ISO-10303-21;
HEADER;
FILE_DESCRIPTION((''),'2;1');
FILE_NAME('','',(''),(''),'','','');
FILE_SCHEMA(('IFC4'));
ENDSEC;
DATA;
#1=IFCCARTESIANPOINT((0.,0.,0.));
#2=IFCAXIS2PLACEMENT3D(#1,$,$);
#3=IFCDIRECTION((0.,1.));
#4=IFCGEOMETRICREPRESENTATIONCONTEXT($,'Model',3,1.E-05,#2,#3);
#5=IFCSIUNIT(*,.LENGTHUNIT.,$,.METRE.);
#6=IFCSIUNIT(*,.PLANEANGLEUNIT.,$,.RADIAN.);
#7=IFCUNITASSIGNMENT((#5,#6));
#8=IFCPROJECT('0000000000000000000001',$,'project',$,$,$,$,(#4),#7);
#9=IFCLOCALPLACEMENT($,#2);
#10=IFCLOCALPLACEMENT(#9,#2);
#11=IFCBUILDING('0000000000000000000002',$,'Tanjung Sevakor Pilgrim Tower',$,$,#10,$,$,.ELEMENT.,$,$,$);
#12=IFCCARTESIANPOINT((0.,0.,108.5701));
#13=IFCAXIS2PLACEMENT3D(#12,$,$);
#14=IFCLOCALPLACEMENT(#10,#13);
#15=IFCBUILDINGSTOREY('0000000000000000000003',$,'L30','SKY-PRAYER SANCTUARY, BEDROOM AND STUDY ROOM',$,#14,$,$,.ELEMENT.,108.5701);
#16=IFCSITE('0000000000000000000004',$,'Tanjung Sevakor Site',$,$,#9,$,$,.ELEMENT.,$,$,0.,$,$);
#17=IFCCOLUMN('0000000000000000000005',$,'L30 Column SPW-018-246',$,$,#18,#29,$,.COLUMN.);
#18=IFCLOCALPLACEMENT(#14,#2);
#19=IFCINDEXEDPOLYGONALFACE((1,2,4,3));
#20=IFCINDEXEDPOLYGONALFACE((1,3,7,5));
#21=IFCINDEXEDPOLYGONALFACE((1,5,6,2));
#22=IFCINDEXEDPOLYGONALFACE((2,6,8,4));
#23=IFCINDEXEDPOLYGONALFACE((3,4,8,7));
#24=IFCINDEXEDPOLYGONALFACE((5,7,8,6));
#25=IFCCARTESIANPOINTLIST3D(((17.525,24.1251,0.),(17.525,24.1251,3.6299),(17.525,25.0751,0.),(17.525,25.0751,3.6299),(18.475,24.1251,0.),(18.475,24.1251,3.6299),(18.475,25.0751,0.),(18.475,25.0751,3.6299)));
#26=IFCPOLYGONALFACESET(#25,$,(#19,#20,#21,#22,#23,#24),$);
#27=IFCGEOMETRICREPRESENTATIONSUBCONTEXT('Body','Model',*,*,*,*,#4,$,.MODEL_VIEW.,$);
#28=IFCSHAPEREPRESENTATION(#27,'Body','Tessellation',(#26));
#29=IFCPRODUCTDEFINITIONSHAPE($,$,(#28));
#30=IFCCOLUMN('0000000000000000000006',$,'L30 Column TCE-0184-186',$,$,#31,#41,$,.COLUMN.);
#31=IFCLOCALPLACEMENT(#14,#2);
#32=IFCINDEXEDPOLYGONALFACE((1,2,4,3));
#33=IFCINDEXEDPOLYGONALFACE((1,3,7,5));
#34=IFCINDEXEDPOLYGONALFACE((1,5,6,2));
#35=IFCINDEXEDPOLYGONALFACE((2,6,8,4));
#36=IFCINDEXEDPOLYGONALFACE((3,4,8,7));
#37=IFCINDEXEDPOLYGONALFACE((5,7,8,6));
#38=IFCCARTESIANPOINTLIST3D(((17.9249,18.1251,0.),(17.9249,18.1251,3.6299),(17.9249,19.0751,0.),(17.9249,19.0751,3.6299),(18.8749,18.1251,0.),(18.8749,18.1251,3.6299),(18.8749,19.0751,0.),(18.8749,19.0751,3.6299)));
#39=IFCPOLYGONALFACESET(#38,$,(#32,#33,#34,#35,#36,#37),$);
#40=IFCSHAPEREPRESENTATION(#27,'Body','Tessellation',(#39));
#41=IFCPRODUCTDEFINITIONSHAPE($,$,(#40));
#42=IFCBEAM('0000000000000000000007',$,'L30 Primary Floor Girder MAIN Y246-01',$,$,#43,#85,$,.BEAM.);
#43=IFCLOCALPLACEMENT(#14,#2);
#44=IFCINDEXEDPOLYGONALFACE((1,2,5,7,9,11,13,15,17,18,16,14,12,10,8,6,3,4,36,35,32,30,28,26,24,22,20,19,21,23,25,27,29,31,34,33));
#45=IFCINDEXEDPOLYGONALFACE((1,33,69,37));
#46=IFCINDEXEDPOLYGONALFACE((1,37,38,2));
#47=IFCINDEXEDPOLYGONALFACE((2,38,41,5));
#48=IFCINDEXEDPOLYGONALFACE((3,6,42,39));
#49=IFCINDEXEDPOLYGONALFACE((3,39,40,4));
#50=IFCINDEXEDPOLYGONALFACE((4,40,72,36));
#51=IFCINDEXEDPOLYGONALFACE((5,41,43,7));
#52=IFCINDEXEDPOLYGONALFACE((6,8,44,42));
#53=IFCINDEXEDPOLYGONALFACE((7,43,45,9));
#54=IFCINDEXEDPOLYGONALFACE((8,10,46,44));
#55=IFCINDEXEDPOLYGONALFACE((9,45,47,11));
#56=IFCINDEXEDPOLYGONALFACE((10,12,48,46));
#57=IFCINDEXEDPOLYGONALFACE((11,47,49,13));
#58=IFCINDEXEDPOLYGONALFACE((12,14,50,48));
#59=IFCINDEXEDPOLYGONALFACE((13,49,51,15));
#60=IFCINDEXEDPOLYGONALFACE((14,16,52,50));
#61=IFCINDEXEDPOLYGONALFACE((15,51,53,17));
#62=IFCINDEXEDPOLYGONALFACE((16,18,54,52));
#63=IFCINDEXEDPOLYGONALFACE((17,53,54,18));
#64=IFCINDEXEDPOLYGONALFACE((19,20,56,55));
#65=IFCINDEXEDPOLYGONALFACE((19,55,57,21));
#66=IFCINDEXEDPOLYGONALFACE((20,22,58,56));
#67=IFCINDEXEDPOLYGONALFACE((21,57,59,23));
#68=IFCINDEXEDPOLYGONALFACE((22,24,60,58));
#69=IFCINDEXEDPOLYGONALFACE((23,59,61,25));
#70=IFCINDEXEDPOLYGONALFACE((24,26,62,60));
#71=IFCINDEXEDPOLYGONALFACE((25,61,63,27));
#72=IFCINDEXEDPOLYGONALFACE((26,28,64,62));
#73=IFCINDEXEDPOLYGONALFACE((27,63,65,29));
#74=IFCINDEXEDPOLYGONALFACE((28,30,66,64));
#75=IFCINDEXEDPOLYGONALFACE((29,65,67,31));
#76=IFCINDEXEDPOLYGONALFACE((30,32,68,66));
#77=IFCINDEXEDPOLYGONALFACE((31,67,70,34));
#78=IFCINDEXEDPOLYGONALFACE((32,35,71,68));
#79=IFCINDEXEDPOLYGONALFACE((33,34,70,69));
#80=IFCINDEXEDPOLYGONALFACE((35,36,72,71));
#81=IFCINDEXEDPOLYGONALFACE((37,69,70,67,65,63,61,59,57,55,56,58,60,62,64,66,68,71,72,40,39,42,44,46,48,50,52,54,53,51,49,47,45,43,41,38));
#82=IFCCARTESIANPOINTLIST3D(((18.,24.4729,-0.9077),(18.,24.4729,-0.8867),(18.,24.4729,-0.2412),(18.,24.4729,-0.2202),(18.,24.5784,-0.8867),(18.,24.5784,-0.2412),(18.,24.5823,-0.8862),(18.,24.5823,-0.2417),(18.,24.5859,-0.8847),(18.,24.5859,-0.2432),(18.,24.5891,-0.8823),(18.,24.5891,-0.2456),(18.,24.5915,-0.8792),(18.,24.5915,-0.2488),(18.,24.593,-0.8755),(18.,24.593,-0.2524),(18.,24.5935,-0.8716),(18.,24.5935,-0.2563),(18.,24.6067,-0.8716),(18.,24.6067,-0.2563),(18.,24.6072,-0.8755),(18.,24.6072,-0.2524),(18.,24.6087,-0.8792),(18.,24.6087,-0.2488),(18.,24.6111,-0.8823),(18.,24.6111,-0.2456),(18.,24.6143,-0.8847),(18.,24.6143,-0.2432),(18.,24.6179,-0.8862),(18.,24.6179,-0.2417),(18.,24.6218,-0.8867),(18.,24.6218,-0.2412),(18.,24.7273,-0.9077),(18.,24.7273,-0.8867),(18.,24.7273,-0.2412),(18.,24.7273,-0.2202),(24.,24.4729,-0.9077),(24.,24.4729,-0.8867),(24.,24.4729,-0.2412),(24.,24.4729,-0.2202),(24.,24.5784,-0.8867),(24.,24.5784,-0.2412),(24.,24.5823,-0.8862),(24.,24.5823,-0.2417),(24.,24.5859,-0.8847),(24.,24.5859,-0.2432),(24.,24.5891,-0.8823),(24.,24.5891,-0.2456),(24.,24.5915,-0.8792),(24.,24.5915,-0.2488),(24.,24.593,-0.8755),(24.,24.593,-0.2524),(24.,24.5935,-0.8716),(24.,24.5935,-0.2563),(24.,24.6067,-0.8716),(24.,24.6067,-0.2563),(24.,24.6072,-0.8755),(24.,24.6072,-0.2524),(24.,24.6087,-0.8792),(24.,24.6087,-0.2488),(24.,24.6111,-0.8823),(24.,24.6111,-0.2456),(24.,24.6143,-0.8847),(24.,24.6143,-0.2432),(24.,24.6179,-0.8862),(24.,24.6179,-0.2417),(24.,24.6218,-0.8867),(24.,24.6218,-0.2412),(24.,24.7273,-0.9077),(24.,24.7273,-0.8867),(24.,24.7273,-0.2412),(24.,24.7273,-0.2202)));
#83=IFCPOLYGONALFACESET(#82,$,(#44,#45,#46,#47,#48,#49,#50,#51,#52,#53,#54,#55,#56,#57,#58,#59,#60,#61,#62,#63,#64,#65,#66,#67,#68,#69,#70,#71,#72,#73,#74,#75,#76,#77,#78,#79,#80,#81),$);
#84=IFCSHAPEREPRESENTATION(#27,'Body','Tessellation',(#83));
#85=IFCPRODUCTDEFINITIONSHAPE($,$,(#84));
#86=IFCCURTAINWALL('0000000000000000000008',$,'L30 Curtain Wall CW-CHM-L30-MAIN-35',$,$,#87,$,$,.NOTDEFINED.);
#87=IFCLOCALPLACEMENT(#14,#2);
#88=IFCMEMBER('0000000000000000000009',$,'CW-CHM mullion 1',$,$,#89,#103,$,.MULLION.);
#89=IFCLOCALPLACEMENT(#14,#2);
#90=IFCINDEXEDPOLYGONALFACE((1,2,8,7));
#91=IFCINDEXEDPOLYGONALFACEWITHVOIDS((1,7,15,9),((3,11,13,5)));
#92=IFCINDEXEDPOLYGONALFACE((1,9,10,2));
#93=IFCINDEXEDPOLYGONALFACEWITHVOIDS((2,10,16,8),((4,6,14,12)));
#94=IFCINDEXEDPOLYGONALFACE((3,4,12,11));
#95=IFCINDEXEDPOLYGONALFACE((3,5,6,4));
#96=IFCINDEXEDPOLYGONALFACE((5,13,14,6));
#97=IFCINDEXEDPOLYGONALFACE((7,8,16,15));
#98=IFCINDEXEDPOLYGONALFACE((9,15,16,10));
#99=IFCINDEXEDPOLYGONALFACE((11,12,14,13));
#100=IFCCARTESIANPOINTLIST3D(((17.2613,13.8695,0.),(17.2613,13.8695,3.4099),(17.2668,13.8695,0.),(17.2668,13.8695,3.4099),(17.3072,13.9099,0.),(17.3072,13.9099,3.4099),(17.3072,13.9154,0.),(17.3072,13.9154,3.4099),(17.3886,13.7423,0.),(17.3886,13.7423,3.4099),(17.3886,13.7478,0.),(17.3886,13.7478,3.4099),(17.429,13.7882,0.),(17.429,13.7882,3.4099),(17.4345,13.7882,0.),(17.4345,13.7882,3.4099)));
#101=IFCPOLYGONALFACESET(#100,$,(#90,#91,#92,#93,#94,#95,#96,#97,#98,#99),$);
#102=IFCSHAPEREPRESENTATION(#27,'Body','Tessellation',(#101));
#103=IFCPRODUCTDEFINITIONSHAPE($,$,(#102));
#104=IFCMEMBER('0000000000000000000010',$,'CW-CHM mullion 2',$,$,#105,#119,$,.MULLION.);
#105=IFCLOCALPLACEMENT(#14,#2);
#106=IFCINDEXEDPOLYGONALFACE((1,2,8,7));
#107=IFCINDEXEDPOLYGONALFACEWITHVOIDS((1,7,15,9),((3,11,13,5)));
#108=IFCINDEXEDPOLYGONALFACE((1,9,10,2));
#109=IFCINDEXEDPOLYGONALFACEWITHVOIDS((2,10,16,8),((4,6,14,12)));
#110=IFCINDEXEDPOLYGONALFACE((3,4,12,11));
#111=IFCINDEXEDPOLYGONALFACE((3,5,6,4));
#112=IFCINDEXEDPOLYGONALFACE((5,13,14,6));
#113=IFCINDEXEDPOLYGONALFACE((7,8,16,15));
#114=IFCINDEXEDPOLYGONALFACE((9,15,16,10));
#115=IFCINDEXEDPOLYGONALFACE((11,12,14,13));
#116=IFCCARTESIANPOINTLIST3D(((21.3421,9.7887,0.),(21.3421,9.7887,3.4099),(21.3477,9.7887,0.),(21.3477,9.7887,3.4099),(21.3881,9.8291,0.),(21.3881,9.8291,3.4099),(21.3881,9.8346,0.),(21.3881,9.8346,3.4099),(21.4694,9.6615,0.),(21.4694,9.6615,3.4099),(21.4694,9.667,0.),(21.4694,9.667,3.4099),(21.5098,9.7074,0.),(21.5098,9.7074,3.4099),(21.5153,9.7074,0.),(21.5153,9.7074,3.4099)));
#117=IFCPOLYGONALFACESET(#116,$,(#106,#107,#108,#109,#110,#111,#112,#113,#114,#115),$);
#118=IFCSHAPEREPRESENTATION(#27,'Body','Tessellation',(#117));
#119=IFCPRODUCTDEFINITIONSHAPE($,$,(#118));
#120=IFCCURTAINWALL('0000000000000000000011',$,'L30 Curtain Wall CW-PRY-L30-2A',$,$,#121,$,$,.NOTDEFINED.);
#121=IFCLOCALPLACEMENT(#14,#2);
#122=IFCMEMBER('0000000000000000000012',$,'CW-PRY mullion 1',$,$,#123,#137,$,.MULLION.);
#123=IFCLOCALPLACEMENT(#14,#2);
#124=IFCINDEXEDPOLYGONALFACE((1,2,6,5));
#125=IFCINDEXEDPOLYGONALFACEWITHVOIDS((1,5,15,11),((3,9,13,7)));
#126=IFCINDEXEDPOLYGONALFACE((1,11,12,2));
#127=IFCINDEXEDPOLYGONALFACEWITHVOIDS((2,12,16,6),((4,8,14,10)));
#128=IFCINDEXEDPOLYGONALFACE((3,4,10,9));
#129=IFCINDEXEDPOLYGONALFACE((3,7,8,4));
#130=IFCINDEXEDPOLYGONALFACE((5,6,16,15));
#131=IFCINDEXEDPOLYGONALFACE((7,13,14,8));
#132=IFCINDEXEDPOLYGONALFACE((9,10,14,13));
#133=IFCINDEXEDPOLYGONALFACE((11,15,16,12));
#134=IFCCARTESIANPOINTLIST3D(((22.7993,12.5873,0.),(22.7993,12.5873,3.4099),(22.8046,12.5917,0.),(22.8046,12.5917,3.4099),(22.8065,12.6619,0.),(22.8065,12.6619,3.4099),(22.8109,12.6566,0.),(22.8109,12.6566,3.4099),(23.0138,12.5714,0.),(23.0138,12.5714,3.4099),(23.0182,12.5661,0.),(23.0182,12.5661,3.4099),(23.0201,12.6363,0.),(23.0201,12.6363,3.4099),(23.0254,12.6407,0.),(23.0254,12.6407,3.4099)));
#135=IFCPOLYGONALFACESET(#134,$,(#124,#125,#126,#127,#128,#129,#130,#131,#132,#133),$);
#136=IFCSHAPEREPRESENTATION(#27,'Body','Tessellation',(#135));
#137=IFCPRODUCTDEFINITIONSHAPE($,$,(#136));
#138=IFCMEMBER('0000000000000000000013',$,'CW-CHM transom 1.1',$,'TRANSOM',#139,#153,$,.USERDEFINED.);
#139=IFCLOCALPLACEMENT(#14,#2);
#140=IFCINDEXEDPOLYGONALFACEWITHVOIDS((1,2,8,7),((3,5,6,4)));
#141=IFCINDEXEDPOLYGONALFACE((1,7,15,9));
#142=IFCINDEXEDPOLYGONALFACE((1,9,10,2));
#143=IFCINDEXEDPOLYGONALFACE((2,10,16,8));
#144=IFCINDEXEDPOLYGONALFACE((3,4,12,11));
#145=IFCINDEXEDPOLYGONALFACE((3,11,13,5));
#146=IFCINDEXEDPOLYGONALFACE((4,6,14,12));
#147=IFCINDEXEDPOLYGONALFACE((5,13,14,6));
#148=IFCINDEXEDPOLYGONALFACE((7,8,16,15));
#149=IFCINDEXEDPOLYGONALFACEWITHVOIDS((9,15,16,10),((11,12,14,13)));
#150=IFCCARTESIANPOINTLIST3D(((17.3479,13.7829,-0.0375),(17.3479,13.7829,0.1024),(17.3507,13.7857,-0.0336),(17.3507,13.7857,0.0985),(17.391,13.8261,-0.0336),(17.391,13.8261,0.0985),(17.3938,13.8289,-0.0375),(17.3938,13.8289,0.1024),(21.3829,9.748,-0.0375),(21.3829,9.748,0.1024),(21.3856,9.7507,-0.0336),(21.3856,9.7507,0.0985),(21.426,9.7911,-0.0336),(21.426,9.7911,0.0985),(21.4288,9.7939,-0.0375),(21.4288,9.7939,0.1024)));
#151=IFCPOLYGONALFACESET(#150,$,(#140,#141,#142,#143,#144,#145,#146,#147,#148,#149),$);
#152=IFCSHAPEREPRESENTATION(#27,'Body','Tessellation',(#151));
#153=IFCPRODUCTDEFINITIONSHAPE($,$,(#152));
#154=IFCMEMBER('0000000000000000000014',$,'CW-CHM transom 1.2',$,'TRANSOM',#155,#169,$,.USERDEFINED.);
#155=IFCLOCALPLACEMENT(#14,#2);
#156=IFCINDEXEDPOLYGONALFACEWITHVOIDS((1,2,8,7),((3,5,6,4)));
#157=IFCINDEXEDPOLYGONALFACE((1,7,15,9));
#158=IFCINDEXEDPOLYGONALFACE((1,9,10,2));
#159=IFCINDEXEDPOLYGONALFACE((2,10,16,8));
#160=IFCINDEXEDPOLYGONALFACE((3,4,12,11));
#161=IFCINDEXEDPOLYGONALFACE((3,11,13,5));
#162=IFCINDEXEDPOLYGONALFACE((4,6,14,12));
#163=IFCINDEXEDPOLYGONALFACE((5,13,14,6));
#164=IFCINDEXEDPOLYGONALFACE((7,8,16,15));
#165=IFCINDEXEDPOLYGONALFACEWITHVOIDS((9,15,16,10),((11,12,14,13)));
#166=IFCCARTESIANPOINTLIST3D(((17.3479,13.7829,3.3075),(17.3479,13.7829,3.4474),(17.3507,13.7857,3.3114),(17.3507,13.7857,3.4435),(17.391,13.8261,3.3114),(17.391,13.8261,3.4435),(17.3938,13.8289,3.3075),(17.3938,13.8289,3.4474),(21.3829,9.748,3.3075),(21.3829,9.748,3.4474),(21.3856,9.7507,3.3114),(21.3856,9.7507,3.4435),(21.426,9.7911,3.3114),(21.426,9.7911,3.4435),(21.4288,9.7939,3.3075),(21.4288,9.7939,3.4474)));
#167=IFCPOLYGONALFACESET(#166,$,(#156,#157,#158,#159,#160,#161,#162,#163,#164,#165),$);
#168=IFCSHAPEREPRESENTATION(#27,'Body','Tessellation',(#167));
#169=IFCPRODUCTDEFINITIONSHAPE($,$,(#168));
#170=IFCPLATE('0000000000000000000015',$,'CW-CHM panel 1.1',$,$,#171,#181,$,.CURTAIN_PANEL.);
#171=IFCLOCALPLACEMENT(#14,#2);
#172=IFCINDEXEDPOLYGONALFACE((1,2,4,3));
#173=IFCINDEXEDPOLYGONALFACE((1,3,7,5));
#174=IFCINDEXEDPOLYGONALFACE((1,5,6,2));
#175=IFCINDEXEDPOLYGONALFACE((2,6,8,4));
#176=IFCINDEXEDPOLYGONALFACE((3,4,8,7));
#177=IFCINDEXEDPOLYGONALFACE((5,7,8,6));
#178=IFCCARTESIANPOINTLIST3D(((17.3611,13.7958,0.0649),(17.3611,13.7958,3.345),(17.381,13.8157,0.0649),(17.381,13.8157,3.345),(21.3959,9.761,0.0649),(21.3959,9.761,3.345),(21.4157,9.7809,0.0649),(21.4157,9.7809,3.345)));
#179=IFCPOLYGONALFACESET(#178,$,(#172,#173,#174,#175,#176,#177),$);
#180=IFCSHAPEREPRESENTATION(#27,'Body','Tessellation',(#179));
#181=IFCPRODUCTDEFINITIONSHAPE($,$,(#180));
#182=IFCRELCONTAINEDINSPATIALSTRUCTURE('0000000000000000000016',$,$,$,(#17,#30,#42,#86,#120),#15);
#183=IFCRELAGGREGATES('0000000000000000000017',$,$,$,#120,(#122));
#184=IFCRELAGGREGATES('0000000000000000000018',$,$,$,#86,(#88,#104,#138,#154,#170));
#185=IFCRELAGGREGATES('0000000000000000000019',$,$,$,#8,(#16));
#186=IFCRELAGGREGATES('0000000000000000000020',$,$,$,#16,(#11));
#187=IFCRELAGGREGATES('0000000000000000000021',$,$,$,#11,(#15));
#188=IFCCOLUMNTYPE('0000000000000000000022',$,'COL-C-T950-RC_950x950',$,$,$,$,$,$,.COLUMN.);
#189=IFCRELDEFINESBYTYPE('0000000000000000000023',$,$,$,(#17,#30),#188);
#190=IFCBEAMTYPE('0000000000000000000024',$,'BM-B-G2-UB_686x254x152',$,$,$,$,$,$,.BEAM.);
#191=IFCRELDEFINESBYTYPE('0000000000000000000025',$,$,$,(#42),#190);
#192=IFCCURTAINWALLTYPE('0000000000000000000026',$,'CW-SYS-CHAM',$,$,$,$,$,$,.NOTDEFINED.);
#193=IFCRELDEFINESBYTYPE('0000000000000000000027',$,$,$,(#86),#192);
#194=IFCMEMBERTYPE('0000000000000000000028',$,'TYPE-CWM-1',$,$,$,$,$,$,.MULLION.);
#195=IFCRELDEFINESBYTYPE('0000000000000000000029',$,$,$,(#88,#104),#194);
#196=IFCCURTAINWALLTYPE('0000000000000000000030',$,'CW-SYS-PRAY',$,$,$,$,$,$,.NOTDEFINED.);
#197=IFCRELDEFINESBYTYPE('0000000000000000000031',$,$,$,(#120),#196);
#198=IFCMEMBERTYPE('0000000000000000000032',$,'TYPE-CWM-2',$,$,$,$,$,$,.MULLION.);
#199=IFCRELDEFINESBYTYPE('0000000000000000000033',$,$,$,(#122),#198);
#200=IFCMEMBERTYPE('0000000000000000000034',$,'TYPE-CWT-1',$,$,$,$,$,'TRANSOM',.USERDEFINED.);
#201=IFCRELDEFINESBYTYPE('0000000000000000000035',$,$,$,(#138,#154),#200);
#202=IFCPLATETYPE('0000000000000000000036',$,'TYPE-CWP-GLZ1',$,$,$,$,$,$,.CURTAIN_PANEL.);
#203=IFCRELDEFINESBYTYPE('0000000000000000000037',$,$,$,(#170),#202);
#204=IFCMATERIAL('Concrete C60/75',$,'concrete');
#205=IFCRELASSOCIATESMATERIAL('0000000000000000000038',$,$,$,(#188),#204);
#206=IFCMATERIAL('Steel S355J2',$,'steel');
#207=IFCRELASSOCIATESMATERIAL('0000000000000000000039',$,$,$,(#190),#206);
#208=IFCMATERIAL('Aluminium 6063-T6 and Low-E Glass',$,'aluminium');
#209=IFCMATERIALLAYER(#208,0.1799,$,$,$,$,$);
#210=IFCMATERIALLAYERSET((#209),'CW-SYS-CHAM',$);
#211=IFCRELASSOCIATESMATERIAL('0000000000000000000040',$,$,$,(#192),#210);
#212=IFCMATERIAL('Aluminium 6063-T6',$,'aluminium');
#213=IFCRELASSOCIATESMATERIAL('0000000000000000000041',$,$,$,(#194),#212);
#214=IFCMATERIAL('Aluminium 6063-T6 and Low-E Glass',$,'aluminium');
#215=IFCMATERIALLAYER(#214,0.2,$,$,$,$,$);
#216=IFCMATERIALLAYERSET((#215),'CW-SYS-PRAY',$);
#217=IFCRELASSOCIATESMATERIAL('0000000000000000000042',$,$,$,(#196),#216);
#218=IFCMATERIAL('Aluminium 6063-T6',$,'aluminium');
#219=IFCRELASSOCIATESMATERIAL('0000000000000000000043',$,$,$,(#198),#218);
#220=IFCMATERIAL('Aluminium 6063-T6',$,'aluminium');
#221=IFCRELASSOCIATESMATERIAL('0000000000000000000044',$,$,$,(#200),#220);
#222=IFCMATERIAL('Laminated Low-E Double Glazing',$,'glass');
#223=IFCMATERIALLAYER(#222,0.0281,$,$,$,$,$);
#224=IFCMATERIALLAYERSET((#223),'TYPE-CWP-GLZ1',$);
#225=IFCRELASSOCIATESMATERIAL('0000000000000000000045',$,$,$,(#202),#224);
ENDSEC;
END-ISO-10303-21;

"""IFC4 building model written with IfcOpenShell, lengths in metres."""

from ifc_helpers import new_model, si_unit, direction, frame, origin, origin_2d, place, context, subcontext, project, spatial, rectangle, hollow_rectangle, i_section, extrude, material, layer, layer_set, material_profile, profile_set, type_object, element, aggregate, save


model = new_model("IFC4")

# Units and contexts
model_context = context("Model", 3, precision=1e-05, world=origin(), true_north=direction((0.0, 1.0)))
body_context = subcontext(model_context, "Body", "Model", "MODEL_VIEW")
ifc_project = project(units=[si_unit("LENGTHUNIT", "METRE"), si_unit("PLANEANGLEUNIT", "RADIAN")], contexts=[model_context])

# Site, building, storey
site_placement = place(None, origin())
site = spatial("IfcSite", under=ifc_project, at=site_placement, Name="Tanjung Sevakor Site", CompositionType="ELEMENT", RefElevation=0.0)
building_placement = place(site_placement, origin())
building = spatial("IfcBuilding", under=site, at=building_placement, Name="Tanjung Sevakor Pilgrim Tower", CompositionType="ELEMENT")
storey_placement = place(building_placement, frame((0.0, 0.0, 108.5701)))
storey = spatial("IfcBuildingStorey", under=building, at=storey_placement, Name="L30", Description="SKY-PRAYER SANCTUARY, BEDROOM AND STUDY ROOM", CompositionType="ELEMENT", Elevation=108.5701)

# Columns
ifc_material_1 = material(Name="Concrete C60/75", Category="concrete")
ifc_material_profile_1 = material_profile(ifc_material_1, rectangle(XDim=0.95, YDim=0.95, at=origin_2d()))
ifc_profile_set_1 = profile_set([ifc_material_profile_1], Name="Concrete C60/75")
column_type = type_object("IfcColumnType", Name="COL-C-T950-RC_950x950", PredefinedType="COLUMN", material=ifc_profile_set_1)
for number, where, z_axis, x_axis, name in (
    (1, (18.0, 24.6001, 0.0), (0.0, 0.0, 1.0), (1.0, 0.0, 0.0), "L30 Column SPW-018-246"),
    (2, (18.3999, 18.6001, 0.0), (0.0, 0.0, 1.0), (1.0, 0.0, 0.0), "L30 Column TCE-0184-186"),
):
    element("IfcColumn", number, at=place(storey_placement, frame(where, z_axis=z_axis, x_axis=x_axis)), inside=storey, type_object=column_type, Name=name, PredefinedType="COLUMN", context=body_context, shape_type="SweptSolid", body=[
        extrude(rectangle(XDim=0.95, YDim=0.95, at=origin_2d()), origin(), (0.0, 0.0, 1.0), 3.6299),
    ])

# Beam
ifc_material_2 = material(Name="Steel S355J2", Category="steel")
ifc_material_profile_2 = material_profile(ifc_material_2, i_section(OverallWidth=0.2544, OverallDepth=0.6875, WebThickness=0.0132, FlangeThickness=0.021, FilletRadius=0.0151, at=origin_2d()))
ifc_profile_set_2 = profile_set([ifc_material_profile_2], Name="Steel S355J2")
beam_type = type_object("IfcBeamType", Name="BM-B-G2-UB_686x254x152", PredefinedType="BEAM", material=ifc_profile_set_2)
beam_placement = place(storey_placement, frame((18.0, 24.6001, -0.564), z_axis=(1.0, 0.0, 0.0), x_axis=(0.0, 1.0, 0.0)))
element("IfcBeam", 3, at=beam_placement, inside=storey, type_object=beam_type, Name="L30 Primary Floor Girder MAIN Y246-01", PredefinedType="BEAM", context=body_context, shape_type="SweptSolid", body=[
    extrude(i_section(OverallWidth=0.2544, OverallDepth=0.6875, WebThickness=0.0132, FlangeThickness=0.021, FilletRadius=0.0151, at=origin_2d()), origin(), (0.0, 0.0, 1.0), 6.0),
])

# Curtain wall, members
ifc_material_3 = material(Name="Aluminium 6063-T6 and Low-E Glass", Category="aluminium")
ifc_layer_1 = layer(ifc_material_3, 0.1799)
ifc_layer_set_1 = layer_set([ifc_layer_1], Name="CW-SYS-CHAM")
curtain_wall_type_1 = type_object("IfcCurtainWallType", Name="CW-SYS-CHAM", PredefinedType="NOTDEFINED", material=ifc_layer_set_1)
curtain_wall_1_placement = place(storey_placement, origin())
curtain_wall_1 = element("IfcCurtainWall", 4, at=curtain_wall_1_placement, inside=storey, type_object=curtain_wall_type_1, Name="L30 Curtain Wall CW-CHM-L30-MAIN-35", PredefinedType="NOTDEFINED")
ifc_material_4 = material(Name="Aluminium 6063-T6", Category="aluminium")
ifc_material_profile_3 = material_profile(ifc_material_4, hollow_rectangle(XDim=0.0649, YDim=0.1799, WallThickness=0.0039, at=origin_2d()))
ifc_profile_set_3 = profile_set([ifc_material_profile_3], Name="Aluminium 6063-T6")
member_type_1 = type_object("IfcMemberType", Name="TYPE-CWM-1", PredefinedType="MULLION", material=ifc_profile_set_3)
member_1_placement = place(storey_placement, frame((17.3479, 13.8289, 0.0), z_axis=(0.0, 0.0, 1.0), x_axis=(0.707107, 0.707107, 0.0)))
member_1 = element("IfcMember", 5, at=member_1_placement, type_object=member_type_1, Name="CW-CHM mullion 1", PredefinedType="MULLION", context=body_context, shape_type="SweptSolid", body=[
    extrude(hollow_rectangle(XDim=0.0649, YDim=0.1799, WallThickness=0.0039, at=origin_2d()), origin(), (0.0, 0.0, 1.0), 3.4099),
])
member_2_placement = place(storey_placement, frame((21.4287, 9.748, 0.0), z_axis=(0.0, 0.0, 1.0), x_axis=(0.707107, 0.707107, 0.0)))
member_2 = element("IfcMember", 6, at=member_2_placement, type_object=member_type_1, Name="CW-CHM mullion 2", PredefinedType="MULLION", context=body_context, shape_type="SweptSolid", body=[
    extrude(hollow_rectangle(XDim=0.0649, YDim=0.1799, WallThickness=0.0039, at=origin_2d()), origin(), (0.0, 0.0, 1.0), 3.4099),
])

# Curtain wall, member
ifc_material_5 = material(Name="Aluminium 6063-T6 and Low-E Glass", Category="aluminium")
ifc_layer_2 = layer(ifc_material_5, 0.2)
ifc_layer_set_2 = layer_set([ifc_layer_2], Name="CW-SYS-PRAY")
curtain_wall_type_2 = type_object("IfcCurtainWallType", Name="CW-SYS-PRAY", PredefinedType="NOTDEFINED", material=ifc_layer_set_2)
curtain_wall_2_placement = place(storey_placement, origin())
curtain_wall_2 = element("IfcCurtainWall", 7, at=curtain_wall_2_placement, inside=storey, type_object=curtain_wall_type_2, Name="L30 Curtain Wall CW-PRY-L30-2A", PredefinedType="NOTDEFINED")
ifc_material_6 = material(Name="Aluminium 6063-T6", Category="aluminium")
ifc_material_profile_4 = material_profile(ifc_material_6, hollow_rectangle(XDim=0.075, YDim=0.22, WallThickness=0.0049, at=origin_2d()))
ifc_profile_set_4 = profile_set([ifc_material_profile_4], Name="Aluminium 6063-T6")
member_type_2 = type_object("IfcMemberType", Name="TYPE-CWM-2", PredefinedType="MULLION", material=ifc_profile_set_4)
member_3_placement = place(storey_placement, frame((22.9124, 12.614, 0.0), z_axis=(0.0, 0.0, 1.0), x_axis=(0.096634, 0.99532, 0.0)))
member_3 = element("IfcMember", 8, at=member_3_placement, type_object=member_type_2, Name="CW-PRY mullion 1", PredefinedType="MULLION", context=body_context, shape_type="SweptSolid", body=[
    extrude(hollow_rectangle(XDim=0.075, YDim=0.22, WallThickness=0.0049, at=origin_2d()), origin(), (0.0, 0.0, 1.0), 3.4099),
])
aggregate(curtain_wall_2, [member_3])

# Members
ifc_material_7 = material(Name="Aluminium 6063-T6", Category="aluminium")
ifc_material_profile_5 = material_profile(ifc_material_7, hollow_rectangle(XDim=0.0649, YDim=0.1399, WallThickness=0.0039, at=origin_2d()))
ifc_profile_set_5 = profile_set([ifc_material_profile_5], Name="Aluminium 6063-T6")
member_type_3 = type_object("IfcMemberType", Name="TYPE-CWT-1", ElementType="TRANSOM", PredefinedType="USERDEFINED", material=ifc_profile_set_5)
member_4_placement = place(storey_placement, frame((17.3708, 13.8059, 0.0325), z_axis=(0.707107, -0.707107, 0.0), x_axis=(0.707107, 0.707107, 0.0)))
member_4 = element("IfcMember", 9, at=member_4_placement, type_object=member_type_3, Name="CW-CHM transom 1.1", ObjectType="TRANSOM", PredefinedType="USERDEFINED", context=body_context, shape_type="SweptSolid", body=[
    extrude(hollow_rectangle(XDim=0.0649, YDim=0.1399, WallThickness=0.0039, at=origin_2d()), origin(), (0.0, 0.0, 1.0), 5.7063),
])
member_5_placement = place(storey_placement, frame((17.3708, 13.8059, 3.3774), z_axis=(0.707107, -0.707107, 0.0), x_axis=(0.707107, 0.707107, 0.0)))
member_5 = element("IfcMember", 10, at=member_5_placement, type_object=member_type_3, Name="CW-CHM transom 1.2", ObjectType="TRANSOM", PredefinedType="USERDEFINED", context=body_context, shape_type="SweptSolid", body=[
    extrude(hollow_rectangle(XDim=0.0649, YDim=0.1399, WallThickness=0.0039, at=origin_2d()), origin(), (0.0, 0.0, 1.0), 5.7063),
])

# Plate
ifc_material_8 = material(Name="Laminated Low-E Double Glazing", Category="glass")
ifc_layer_3 = layer(ifc_material_8, 0.0281)
ifc_layer_set_3 = layer_set([ifc_layer_3], Name="TYPE-CWP-GLZ1")
plate_type = type_object("IfcPlateType", Name="TYPE-CWP-GLZ1", PredefinedType="CURTAIN_PANEL", material=ifc_layer_set_3)
plate_placement = place(storey_placement, frame((19.3884, 11.7883, 0.0649), z_axis=(0.0, 0.0, 1.0), x_axis=(0.707107, -0.707107, 0.0)))
plate = element("IfcPlate", 11, at=plate_placement, type_object=plate_type, Name="CW-CHM panel 1.1", PredefinedType="CURTAIN_PANEL", context=body_context, shape_type="SweptSolid", body=[
    extrude(rectangle(XDim=5.7061, YDim=0.0281, at=origin_2d()), origin(), (0.0, 0.0, 1.0), 3.28),
])
aggregate(curtain_wall_1, [member_1, member_2, member_4, member_5, plate])

save(model, "model.ifc")
